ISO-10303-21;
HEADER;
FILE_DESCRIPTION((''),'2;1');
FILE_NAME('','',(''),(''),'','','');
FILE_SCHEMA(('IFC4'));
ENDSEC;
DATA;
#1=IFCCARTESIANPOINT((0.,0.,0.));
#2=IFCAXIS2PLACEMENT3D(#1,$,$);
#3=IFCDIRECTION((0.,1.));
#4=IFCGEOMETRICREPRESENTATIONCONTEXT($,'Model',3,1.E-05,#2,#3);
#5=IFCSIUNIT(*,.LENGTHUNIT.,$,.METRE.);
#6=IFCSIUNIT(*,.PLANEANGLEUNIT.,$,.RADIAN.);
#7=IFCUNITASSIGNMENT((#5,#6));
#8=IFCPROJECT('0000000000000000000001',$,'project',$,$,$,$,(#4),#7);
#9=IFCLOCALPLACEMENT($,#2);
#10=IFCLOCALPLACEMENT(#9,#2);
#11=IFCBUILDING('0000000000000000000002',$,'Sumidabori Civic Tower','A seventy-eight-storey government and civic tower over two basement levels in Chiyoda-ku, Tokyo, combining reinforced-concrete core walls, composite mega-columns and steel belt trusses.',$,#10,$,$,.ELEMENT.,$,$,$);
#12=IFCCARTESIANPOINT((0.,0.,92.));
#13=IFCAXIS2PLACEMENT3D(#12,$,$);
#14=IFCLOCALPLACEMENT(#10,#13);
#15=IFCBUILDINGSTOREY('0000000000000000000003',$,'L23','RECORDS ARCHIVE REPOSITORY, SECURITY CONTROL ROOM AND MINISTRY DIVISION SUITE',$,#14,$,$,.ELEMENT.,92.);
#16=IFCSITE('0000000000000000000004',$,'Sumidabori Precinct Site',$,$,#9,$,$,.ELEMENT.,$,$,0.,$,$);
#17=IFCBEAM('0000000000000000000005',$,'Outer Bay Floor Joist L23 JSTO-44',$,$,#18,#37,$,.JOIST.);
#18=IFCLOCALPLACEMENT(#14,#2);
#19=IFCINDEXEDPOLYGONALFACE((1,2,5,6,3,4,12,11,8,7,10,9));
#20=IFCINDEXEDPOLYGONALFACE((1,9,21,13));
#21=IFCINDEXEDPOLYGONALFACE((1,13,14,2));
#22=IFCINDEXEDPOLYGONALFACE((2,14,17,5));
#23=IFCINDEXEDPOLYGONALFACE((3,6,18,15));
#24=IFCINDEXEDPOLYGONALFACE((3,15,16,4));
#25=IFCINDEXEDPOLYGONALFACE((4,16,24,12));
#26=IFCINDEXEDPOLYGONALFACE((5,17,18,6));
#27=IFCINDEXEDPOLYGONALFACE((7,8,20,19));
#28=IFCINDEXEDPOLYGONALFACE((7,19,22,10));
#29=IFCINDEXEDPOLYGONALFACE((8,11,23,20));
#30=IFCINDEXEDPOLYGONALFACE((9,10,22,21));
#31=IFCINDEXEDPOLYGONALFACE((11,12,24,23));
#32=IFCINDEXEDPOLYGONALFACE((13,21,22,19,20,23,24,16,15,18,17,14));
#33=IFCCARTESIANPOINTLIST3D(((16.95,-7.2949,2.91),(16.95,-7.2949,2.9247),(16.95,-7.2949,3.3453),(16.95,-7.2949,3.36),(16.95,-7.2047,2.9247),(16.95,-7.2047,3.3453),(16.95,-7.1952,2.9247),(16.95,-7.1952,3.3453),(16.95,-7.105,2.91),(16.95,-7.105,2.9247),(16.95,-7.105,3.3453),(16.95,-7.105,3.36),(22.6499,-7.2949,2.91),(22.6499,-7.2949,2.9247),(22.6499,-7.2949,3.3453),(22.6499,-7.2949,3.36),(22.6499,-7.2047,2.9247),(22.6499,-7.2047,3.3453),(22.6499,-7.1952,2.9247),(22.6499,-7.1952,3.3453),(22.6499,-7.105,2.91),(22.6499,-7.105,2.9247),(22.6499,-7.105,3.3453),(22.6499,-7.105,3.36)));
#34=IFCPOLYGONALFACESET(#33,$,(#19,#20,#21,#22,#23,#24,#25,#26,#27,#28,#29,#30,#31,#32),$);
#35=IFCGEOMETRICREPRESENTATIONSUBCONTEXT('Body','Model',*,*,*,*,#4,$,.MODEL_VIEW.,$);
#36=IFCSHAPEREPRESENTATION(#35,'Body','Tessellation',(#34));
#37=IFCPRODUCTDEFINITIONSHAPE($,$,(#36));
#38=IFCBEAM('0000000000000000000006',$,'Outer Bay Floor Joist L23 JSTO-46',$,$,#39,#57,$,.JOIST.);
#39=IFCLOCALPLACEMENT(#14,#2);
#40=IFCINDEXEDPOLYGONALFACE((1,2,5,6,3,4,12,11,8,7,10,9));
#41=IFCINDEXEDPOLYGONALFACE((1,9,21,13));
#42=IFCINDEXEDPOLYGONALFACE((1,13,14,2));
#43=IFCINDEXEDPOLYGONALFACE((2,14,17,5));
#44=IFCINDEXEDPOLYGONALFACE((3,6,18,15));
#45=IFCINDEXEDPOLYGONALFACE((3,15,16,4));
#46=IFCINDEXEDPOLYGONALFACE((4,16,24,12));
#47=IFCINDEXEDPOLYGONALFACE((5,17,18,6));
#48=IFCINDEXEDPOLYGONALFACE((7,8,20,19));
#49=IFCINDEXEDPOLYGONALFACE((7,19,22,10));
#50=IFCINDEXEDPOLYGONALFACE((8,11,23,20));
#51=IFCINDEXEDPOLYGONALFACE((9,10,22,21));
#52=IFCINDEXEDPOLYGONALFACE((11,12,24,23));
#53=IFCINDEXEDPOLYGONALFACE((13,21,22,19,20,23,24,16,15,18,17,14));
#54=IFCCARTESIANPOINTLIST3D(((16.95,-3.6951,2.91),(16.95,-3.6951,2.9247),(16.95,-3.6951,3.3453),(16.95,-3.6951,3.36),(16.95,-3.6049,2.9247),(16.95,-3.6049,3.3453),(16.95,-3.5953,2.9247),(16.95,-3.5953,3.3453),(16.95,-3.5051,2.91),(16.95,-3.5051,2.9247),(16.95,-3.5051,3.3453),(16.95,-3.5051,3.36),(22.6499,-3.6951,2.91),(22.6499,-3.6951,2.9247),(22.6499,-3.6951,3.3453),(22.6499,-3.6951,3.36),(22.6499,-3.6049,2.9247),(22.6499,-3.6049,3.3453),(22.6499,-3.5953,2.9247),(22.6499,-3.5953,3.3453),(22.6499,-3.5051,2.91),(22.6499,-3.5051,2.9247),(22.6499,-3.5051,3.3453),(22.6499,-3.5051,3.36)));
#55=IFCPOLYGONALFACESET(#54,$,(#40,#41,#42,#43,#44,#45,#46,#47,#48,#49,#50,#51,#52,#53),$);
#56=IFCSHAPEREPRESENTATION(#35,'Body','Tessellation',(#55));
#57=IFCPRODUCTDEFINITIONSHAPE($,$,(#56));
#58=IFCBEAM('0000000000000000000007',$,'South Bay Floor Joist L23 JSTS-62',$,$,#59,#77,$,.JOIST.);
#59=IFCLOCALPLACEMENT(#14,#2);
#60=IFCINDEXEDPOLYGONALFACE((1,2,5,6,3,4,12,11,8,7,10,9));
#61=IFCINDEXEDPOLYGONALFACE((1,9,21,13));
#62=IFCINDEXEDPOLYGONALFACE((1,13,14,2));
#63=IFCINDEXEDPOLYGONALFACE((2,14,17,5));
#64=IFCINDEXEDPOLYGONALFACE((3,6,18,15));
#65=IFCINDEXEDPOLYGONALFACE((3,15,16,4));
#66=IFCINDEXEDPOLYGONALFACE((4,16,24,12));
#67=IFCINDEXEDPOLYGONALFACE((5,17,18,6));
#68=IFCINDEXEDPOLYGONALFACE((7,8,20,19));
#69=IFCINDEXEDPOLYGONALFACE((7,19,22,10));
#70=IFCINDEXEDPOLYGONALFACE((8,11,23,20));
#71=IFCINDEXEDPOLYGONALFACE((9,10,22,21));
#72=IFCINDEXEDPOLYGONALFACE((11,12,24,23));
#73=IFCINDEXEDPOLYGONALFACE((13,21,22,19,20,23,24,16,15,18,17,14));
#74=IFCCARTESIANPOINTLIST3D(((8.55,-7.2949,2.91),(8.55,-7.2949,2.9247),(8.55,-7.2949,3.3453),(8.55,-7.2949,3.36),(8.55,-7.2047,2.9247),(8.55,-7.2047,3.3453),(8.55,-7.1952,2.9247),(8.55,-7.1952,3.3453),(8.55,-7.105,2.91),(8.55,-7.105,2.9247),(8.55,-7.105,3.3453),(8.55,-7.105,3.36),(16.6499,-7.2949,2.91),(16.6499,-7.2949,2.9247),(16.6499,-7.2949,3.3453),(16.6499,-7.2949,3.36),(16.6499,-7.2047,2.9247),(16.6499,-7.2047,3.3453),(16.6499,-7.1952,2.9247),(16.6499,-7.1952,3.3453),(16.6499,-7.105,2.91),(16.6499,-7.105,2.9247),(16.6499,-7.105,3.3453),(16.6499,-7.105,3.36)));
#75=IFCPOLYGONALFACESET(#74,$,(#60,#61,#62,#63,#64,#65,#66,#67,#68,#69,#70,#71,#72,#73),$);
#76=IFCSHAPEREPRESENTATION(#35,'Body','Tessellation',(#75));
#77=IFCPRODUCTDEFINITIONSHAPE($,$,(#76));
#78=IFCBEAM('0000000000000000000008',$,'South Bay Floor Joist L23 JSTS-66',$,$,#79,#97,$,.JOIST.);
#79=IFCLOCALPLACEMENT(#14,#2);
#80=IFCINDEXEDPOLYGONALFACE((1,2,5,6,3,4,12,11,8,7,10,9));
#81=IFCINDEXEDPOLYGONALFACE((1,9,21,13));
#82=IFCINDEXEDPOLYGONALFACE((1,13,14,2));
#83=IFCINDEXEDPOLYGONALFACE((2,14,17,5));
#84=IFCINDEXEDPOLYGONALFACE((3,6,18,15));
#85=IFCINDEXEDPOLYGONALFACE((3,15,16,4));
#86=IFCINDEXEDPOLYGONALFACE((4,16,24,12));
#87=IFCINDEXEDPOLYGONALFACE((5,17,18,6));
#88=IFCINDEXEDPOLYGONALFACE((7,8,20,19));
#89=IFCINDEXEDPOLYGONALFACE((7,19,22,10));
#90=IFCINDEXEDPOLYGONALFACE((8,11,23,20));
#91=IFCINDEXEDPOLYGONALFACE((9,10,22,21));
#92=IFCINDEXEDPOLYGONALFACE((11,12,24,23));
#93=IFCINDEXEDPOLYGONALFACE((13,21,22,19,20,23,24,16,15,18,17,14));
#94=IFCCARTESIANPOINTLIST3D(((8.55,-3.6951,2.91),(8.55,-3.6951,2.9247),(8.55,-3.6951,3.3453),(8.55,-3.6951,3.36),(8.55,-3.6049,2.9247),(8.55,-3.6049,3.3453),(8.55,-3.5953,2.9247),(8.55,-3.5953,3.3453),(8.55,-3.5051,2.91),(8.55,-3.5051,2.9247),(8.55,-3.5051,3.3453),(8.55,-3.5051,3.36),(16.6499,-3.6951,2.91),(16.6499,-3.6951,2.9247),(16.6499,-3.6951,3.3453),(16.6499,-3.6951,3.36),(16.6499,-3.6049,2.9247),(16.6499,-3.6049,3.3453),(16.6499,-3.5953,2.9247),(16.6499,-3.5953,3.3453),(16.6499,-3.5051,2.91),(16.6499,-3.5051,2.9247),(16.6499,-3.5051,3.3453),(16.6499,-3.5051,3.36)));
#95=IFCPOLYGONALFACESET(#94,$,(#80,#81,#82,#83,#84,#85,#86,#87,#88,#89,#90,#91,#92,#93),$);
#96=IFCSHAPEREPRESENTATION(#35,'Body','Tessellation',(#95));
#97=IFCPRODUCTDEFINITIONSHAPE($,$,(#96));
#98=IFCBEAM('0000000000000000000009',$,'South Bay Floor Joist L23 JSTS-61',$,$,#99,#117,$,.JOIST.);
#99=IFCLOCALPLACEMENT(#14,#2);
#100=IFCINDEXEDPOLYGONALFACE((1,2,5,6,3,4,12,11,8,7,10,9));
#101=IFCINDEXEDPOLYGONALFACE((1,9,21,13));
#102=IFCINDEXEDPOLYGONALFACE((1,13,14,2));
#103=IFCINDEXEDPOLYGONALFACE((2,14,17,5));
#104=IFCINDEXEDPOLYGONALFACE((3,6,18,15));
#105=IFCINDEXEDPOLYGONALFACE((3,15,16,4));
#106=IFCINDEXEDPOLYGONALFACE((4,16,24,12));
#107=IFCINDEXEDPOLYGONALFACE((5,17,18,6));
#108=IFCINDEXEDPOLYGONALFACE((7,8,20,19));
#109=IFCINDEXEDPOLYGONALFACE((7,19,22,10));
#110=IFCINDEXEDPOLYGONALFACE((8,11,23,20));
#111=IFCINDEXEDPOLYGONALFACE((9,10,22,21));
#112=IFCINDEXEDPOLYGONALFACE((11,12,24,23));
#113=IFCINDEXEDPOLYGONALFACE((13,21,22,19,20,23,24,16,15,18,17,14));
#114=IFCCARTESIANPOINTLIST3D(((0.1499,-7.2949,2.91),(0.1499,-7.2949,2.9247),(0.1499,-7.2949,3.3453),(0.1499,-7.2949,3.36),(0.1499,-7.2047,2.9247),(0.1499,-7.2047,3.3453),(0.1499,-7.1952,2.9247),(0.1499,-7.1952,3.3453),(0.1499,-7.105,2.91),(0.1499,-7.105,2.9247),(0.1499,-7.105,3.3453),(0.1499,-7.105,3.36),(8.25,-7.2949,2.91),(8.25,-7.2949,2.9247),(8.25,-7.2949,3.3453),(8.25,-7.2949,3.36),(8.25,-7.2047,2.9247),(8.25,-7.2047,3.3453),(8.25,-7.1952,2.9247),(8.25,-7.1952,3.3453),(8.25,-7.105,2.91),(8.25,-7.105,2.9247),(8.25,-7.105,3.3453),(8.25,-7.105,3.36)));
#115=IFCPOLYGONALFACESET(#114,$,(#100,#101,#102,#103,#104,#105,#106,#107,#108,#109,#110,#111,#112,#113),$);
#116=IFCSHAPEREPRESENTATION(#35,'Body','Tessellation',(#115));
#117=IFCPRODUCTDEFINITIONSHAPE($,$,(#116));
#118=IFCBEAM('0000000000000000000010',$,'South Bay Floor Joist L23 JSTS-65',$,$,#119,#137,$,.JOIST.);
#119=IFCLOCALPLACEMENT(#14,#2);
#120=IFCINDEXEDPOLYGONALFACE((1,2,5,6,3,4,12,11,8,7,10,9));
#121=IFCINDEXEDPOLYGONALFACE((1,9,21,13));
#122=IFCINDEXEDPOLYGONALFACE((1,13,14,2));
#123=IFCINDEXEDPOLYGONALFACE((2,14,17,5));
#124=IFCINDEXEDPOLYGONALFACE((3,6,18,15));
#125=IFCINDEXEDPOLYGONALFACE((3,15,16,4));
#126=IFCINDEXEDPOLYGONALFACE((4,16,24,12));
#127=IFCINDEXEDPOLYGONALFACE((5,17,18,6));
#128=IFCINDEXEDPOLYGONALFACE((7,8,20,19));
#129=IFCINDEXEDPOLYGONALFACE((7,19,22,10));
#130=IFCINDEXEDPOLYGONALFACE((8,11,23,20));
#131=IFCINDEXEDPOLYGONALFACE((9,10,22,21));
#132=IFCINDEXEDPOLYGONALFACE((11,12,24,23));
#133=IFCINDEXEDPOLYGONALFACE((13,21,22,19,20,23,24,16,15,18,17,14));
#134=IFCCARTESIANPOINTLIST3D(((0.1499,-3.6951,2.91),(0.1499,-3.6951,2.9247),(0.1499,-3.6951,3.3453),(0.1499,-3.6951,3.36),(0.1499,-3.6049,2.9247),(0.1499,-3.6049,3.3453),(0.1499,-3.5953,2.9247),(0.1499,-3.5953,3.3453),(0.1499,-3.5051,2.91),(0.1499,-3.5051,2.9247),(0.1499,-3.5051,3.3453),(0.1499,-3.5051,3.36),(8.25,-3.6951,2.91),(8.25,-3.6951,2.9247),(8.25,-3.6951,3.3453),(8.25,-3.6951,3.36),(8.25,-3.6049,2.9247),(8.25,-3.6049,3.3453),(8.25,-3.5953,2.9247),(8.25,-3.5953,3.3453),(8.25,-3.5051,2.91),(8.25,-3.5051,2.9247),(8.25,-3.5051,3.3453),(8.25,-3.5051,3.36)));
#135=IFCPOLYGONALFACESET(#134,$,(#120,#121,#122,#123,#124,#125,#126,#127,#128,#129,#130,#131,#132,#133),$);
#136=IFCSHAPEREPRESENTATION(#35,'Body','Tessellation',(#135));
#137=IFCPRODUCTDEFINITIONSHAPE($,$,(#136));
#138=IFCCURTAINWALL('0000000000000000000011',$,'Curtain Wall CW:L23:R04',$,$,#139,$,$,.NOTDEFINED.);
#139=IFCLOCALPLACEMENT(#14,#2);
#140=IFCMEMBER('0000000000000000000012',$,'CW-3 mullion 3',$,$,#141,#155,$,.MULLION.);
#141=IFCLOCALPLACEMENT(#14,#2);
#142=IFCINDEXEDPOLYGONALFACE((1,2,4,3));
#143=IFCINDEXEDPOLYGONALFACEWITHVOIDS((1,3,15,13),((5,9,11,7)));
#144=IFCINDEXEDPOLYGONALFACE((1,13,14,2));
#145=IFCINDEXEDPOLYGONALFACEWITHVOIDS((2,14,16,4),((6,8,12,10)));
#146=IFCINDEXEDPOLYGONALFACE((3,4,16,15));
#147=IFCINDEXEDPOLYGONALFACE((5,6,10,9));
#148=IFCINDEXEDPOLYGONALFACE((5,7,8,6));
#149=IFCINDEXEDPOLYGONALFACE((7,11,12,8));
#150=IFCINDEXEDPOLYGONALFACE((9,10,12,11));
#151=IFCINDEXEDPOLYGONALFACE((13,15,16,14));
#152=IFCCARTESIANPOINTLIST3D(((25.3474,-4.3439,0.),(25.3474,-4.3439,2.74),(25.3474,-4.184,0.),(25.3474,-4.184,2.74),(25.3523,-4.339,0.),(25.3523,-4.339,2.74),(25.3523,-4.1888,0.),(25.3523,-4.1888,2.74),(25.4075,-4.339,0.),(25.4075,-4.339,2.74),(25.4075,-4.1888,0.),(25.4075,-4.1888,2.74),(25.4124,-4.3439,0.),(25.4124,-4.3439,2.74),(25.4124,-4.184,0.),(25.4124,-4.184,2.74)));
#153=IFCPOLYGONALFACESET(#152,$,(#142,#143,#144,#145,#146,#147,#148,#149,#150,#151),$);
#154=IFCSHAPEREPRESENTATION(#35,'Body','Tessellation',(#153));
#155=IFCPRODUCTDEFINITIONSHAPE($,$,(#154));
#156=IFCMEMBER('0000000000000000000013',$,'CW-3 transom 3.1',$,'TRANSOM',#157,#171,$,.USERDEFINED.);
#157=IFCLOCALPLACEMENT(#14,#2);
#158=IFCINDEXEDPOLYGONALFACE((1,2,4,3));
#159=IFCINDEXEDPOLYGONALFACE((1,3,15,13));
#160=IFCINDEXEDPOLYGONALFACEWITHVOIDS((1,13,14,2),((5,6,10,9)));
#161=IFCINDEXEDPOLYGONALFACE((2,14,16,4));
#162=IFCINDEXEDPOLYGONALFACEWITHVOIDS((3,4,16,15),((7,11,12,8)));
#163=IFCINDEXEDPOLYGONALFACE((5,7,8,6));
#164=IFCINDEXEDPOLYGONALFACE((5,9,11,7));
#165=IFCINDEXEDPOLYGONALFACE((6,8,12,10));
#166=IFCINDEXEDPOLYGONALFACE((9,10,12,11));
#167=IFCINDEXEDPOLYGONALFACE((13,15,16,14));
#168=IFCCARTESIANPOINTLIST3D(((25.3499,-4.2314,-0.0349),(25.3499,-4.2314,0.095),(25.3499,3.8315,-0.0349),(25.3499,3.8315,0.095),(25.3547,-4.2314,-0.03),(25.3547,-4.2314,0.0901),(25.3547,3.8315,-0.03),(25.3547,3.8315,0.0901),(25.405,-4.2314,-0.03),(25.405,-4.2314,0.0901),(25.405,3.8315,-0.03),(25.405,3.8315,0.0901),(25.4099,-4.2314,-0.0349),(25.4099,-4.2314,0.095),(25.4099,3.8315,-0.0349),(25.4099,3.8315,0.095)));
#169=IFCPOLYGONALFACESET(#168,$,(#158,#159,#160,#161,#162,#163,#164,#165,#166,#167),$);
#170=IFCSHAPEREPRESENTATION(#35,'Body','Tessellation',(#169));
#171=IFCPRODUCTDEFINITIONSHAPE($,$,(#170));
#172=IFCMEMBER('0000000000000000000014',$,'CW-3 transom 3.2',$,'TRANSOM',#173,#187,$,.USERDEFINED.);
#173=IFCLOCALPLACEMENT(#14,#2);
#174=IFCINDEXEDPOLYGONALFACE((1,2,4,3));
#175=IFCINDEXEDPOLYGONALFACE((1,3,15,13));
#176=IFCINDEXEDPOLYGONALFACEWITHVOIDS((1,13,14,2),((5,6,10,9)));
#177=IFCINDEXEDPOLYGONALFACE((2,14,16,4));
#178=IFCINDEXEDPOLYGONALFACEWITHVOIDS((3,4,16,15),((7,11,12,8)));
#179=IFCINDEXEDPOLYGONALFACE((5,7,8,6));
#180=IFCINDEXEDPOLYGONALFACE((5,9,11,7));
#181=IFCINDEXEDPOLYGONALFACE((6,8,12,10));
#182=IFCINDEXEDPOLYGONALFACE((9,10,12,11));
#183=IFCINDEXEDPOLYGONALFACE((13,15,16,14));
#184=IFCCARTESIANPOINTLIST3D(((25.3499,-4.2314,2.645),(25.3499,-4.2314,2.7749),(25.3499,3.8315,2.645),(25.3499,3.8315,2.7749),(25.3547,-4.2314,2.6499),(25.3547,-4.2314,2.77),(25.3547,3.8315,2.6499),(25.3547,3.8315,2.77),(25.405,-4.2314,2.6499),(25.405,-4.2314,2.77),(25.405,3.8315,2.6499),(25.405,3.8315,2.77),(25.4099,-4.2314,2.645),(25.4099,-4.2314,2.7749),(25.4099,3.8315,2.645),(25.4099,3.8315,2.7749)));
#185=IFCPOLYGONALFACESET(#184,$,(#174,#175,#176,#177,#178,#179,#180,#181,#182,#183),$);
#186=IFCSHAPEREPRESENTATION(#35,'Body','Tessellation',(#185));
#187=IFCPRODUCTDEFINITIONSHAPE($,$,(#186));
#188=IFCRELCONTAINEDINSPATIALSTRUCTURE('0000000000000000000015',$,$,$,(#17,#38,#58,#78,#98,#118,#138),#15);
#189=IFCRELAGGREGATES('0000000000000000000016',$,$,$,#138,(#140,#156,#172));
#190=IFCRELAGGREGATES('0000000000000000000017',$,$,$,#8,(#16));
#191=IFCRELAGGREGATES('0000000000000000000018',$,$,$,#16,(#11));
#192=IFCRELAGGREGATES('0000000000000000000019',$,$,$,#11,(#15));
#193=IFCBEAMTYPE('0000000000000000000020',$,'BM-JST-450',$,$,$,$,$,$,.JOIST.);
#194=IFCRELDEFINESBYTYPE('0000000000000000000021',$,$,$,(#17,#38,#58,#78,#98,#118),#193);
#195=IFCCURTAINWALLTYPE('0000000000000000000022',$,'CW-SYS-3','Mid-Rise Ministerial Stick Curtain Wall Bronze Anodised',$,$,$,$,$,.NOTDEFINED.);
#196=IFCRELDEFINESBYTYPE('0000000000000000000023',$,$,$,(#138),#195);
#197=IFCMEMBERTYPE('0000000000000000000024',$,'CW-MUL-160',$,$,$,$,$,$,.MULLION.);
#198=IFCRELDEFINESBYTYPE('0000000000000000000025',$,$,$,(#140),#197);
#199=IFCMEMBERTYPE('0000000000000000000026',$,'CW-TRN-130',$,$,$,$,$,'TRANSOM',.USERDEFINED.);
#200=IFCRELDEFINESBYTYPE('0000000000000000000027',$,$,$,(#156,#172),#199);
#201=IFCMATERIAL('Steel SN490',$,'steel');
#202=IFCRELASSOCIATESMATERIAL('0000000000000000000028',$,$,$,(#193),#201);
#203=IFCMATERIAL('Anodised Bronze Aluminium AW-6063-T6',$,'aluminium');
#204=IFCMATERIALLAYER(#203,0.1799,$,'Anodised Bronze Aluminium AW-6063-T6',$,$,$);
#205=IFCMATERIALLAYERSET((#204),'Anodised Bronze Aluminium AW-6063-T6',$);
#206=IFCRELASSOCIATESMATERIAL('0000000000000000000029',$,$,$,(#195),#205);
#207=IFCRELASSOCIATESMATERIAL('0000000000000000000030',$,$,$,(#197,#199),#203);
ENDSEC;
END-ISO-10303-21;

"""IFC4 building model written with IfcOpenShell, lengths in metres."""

from ifc_helpers import new_model, si_unit, direction, frame, origin, origin_2d, place, context, subcontext, project, spatial, hollow_rectangle, i_section, extrude, source, transform, mapped, material, layer, layer_set, material_profile, profile_set, type_object, element, aggregate, save


model = new_model("IFC4")

# Units and contexts
model_context = context("Model", 3, precision=1e-05, world=origin(), true_north=direction((0.0, 1.0)))
body_context = subcontext(model_context, "Body", "Model", "MODEL_VIEW")
ifc_project = project(units=[si_unit("LENGTHUNIT", "METRE"), si_unit("PLANEANGLEUNIT", "RADIAN")], contexts=[model_context])

# Site, building, storey
site_placement = place(None, origin())
site = spatial("IfcSite", under=ifc_project, at=site_placement, Name="Sumidabori Precinct Site", CompositionType="ELEMENT", RefElevation=0.0)
building_placement = place(site_placement, origin())
building = spatial("IfcBuilding", under=site, at=building_placement, Name="Sumidabori Civic Tower", Description="A seventy-eight-storey government and civic tower over two basement levels in Chiyoda-ku, Tokyo, combining reinforced-concrete core walls, composite mega-columns and steel belt trusses.", CompositionType="ELEMENT")
storey_placement = place(building_placement, frame((0.0, 0.0, 92.0)))
storey = spatial("IfcBuildingStorey", under=building, at=storey_placement, Name="L23", Description="RECORDS ARCHIVE REPOSITORY, SECURITY CONTROL ROOM AND MINISTRY DIVISION SUITE", CompositionType="ELEMENT", Elevation=92.0)

# Beams
ifc_material_1 = material(Name="Steel SN490", Category="steel")
ifc_material_profile_1 = material_profile(ifc_material_1, i_section(OverallWidth=0.1899, OverallDepth=0.45, WebThickness=0.0095, FlangeThickness=0.0146, at=origin_2d()), Name="IPE 450")
ifc_profile_set_1 = profile_set([ifc_material_profile_1], Name="Steel SN490")
beam_type_1 = type_object("IfcBeamType", Name="BM-JST-450", PredefinedType="JOIST", material=ifc_profile_set_1)
shared_shape_1 = source(origin(), body_context, "Body", "SweptSolid", [
    extrude(i_section(OverallWidth=0.1899, OverallDepth=0.45, WebThickness=0.0095, FlangeThickness=0.0146, at=origin_2d()), origin(), (0.0, 0.0, 1.0), 5.7),
])
for number, where, z_axis, x_axis, name in (
    (1, (16.95, -7.2, 3.135), (1.0, 0.0, 0.0), (0.0, 1.0, 0.0), "Outer Bay Floor Joist L23 JSTO-44"),
    (2, (16.95, -3.6001, 3.135), (1.0, 0.0, 0.0), (0.0, 1.0, 0.0), "Outer Bay Floor Joist L23 JSTO-46"),
):
    element("IfcBeam", number, at=place(storey_placement, frame(where, z_axis=z_axis, x_axis=x_axis)), inside=storey, type_object=beam_type_1, Name=name, PredefinedType="JOIST", context=body_context, shape_type="MappedRepresentation", body=[
        mapped(shared_shape_1, transform((0.0, 0.0, 0.0), x_axis=(1.0, 0.0, 0.0), y_axis=(0.0, 1.0, 0.0), z_axis=(0.0, 0.0, 1.0), scale=1.0)),
    ])
shared_shape_2 = source(origin(), body_context, "Body", "SweptSolid", [
    extrude(i_section(OverallWidth=0.1899, OverallDepth=0.45, WebThickness=0.0095, FlangeThickness=0.0146, at=origin_2d()), origin(), (0.0, 0.0, 1.0), 8.0999),
])
for number, where, z_axis, x_axis, name in (
    (3, (8.55, -7.2, 3.135), (1.0, 0.0, 0.0), (0.0, 1.0, 0.0), "South Bay Floor Joist L23 JSTS-62"),
    (4, (8.55, -3.6001, 3.135), (1.0, 0.0, 0.0), (0.0, 1.0, 0.0), "South Bay Floor Joist L23 JSTS-66"),
):
    element("IfcBeam", number, at=place(storey_placement, frame(where, z_axis=z_axis, x_axis=x_axis)), inside=storey, type_object=beam_type_1, Name=name, PredefinedType="JOIST", context=body_context, shape_type="MappedRepresentation", body=[
        mapped(shared_shape_2, transform((0.0, 0.0, 0.0), x_axis=(1.0, 0.0, 0.0), y_axis=(0.0, 1.0, 0.0), z_axis=(0.0, 0.0, 1.0), scale=1.0)),
    ])
shared_shape_3 = source(origin(), body_context, "Body", "SweptSolid", [
    extrude(i_section(OverallWidth=0.1899, OverallDepth=0.45, WebThickness=0.0095, FlangeThickness=0.0146, at=origin_2d()), origin(), (0.0, 0.0, 1.0), 8.1001),
])
for number, where, z_axis, x_axis, name in (
    (5, (0.1499, -7.2, 3.135), (1.0, 0.0, 0.0), (0.0, 1.0, 0.0), "South Bay Floor Joist L23 JSTS-61"),
    (6, (0.1499, -3.6001, 3.135), (1.0, 0.0, 0.0), (0.0, 1.0, 0.0), "South Bay Floor Joist L23 JSTS-65"),
):
    element("IfcBeam", number, at=place(storey_placement, frame(where, z_axis=z_axis, x_axis=x_axis)), inside=storey, type_object=beam_type_1, Name=name, PredefinedType="JOIST", context=body_context, shape_type="MappedRepresentation", body=[
        mapped(shared_shape_3, transform((0.0, 0.0, 0.0), x_axis=(1.0, 0.0, 0.0), y_axis=(0.0, 1.0, 0.0), z_axis=(0.0, 0.0, 1.0), scale=1.0)),
    ])

# Curtain wall, members
ifc_material_2 = material(Name="Anodised Bronze Aluminium AW-6063-T6", Category="aluminium")
ifc_layer_1 = layer(ifc_material_2, 0.1799, Name="Anodised Bronze Aluminium AW-6063-T6")
ifc_layer_set_1 = layer_set([ifc_layer_1], Name="Anodised Bronze Aluminium AW-6063-T6")
curtain_wall_type = type_object("IfcCurtainWallType", Name="CW-SYS-3", Description="Mid-Rise Ministerial Stick Curtain Wall Bronze Anodised", PredefinedType="NOTDEFINED", material=ifc_layer_set_1)
curtain_wall_placement = place(storey_placement, origin())
curtain_wall = element("IfcCurtainWall", 7, at=curtain_wall_placement, inside=storey, type_object=curtain_wall_type, Name="Curtain Wall CW:L23:R04", PredefinedType="NOTDEFINED")
ifc_material_profile_2 = material_profile(ifc_material_2, hollow_rectangle(XDim=0.0649, YDim=0.1599, WallThickness=0.0049, at=origin_2d()), Name="ALU MULLION 160x65")
ifc_profile_set_2 = profile_set([ifc_material_profile_2], Name="Anodised Bronze Aluminium AW-6063-T6")
member_type_1 = type_object("IfcMemberType", Name="CW-MUL-160", PredefinedType="MULLION", material=ifc_profile_set_2)
shared_shape_4 = source(origin(), body_context, "Body", "SweptSolid", [
    extrude(hollow_rectangle(XDim=0.0649, YDim=0.1599, WallThickness=0.0049, at=origin_2d()), origin(), (0.0, 0.0, 1.0), 2.74),
])
member_1_placement = place(storey_placement, frame((25.3799, -4.2639, 0.0), z_axis=(0.0, 0.0, 1.0), x_axis=(-1.0, 0.0, 0.0)))
member_1 = element("IfcMember", 8, at=member_1_placement, type_object=member_type_1, Name="CW-3 mullion 3", PredefinedType="MULLION", context=body_context, shape_type="MappedRepresentation", body=[
    mapped(shared_shape_4, transform((0.0, 0.0, 0.0), x_axis=(1.0, 0.0, 0.0), y_axis=(0.0, 1.0, 0.0), z_axis=(0.0, 0.0, 1.0), scale=1.0)),
])
ifc_material_profile_3 = material_profile(ifc_material_2, hollow_rectangle(XDim=0.0601, YDim=0.1299, WallThickness=0.0049, at=origin_2d()), Name="ALU TRANSOM 130x60")
ifc_profile_set_3 = profile_set([ifc_material_profile_3], Name="Anodised Bronze Aluminium AW-6063-T6")
member_type_2 = type_object("IfcMemberType", Name="CW-TRN-130", ElementType="TRANSOM", PredefinedType="USERDEFINED", material=ifc_profile_set_3)
shared_shape_5 = source(origin(), body_context, "Body", "SweptSolid", [
    extrude(hollow_rectangle(XDim=0.0601, YDim=0.1299, WallThickness=0.0049, at=origin_2d()), origin(), (0.0, 0.0, 1.0), 8.063),
])
member_2_placement = place(storey_placement, frame((25.3799, -4.2314, 0.03), z_axis=(0.0, 1.0, 0.0), x_axis=(-1.0, 0.0, 0.0)))
member_2 = element("IfcMember", 9, at=member_2_placement, type_object=member_type_2, Name="CW-3 transom 3.1", ObjectType="TRANSOM", PredefinedType="USERDEFINED", context=body_context, shape_type="MappedRepresentation", body=[
    mapped(shared_shape_5, transform((0.0, 0.0, 0.0), x_axis=(1.0, 0.0, 0.0), y_axis=(0.0, 1.0, 0.0), z_axis=(0.0, 0.0, 1.0), scale=1.0)),
])
member_3_placement = place(storey_placement, frame((25.3799, -4.2314, 2.71), z_axis=(0.0, 1.0, 0.0), x_axis=(-1.0, 0.0, 0.0)))
member_3 = element("IfcMember", 10, at=member_3_placement, type_object=member_type_2, Name="CW-3 transom 3.2", ObjectType="TRANSOM", PredefinedType="USERDEFINED", context=body_context, shape_type="MappedRepresentation", body=[
    mapped(shared_shape_5, transform((0.0, 0.0, 0.0), x_axis=(1.0, 0.0, 0.0), y_axis=(0.0, 1.0, 0.0), z_axis=(0.0, 0.0, 1.0), scale=1.0)),
])
aggregate(curtain_wall, [member_1, member_2, member_3])

save(model, "model.ifc")
